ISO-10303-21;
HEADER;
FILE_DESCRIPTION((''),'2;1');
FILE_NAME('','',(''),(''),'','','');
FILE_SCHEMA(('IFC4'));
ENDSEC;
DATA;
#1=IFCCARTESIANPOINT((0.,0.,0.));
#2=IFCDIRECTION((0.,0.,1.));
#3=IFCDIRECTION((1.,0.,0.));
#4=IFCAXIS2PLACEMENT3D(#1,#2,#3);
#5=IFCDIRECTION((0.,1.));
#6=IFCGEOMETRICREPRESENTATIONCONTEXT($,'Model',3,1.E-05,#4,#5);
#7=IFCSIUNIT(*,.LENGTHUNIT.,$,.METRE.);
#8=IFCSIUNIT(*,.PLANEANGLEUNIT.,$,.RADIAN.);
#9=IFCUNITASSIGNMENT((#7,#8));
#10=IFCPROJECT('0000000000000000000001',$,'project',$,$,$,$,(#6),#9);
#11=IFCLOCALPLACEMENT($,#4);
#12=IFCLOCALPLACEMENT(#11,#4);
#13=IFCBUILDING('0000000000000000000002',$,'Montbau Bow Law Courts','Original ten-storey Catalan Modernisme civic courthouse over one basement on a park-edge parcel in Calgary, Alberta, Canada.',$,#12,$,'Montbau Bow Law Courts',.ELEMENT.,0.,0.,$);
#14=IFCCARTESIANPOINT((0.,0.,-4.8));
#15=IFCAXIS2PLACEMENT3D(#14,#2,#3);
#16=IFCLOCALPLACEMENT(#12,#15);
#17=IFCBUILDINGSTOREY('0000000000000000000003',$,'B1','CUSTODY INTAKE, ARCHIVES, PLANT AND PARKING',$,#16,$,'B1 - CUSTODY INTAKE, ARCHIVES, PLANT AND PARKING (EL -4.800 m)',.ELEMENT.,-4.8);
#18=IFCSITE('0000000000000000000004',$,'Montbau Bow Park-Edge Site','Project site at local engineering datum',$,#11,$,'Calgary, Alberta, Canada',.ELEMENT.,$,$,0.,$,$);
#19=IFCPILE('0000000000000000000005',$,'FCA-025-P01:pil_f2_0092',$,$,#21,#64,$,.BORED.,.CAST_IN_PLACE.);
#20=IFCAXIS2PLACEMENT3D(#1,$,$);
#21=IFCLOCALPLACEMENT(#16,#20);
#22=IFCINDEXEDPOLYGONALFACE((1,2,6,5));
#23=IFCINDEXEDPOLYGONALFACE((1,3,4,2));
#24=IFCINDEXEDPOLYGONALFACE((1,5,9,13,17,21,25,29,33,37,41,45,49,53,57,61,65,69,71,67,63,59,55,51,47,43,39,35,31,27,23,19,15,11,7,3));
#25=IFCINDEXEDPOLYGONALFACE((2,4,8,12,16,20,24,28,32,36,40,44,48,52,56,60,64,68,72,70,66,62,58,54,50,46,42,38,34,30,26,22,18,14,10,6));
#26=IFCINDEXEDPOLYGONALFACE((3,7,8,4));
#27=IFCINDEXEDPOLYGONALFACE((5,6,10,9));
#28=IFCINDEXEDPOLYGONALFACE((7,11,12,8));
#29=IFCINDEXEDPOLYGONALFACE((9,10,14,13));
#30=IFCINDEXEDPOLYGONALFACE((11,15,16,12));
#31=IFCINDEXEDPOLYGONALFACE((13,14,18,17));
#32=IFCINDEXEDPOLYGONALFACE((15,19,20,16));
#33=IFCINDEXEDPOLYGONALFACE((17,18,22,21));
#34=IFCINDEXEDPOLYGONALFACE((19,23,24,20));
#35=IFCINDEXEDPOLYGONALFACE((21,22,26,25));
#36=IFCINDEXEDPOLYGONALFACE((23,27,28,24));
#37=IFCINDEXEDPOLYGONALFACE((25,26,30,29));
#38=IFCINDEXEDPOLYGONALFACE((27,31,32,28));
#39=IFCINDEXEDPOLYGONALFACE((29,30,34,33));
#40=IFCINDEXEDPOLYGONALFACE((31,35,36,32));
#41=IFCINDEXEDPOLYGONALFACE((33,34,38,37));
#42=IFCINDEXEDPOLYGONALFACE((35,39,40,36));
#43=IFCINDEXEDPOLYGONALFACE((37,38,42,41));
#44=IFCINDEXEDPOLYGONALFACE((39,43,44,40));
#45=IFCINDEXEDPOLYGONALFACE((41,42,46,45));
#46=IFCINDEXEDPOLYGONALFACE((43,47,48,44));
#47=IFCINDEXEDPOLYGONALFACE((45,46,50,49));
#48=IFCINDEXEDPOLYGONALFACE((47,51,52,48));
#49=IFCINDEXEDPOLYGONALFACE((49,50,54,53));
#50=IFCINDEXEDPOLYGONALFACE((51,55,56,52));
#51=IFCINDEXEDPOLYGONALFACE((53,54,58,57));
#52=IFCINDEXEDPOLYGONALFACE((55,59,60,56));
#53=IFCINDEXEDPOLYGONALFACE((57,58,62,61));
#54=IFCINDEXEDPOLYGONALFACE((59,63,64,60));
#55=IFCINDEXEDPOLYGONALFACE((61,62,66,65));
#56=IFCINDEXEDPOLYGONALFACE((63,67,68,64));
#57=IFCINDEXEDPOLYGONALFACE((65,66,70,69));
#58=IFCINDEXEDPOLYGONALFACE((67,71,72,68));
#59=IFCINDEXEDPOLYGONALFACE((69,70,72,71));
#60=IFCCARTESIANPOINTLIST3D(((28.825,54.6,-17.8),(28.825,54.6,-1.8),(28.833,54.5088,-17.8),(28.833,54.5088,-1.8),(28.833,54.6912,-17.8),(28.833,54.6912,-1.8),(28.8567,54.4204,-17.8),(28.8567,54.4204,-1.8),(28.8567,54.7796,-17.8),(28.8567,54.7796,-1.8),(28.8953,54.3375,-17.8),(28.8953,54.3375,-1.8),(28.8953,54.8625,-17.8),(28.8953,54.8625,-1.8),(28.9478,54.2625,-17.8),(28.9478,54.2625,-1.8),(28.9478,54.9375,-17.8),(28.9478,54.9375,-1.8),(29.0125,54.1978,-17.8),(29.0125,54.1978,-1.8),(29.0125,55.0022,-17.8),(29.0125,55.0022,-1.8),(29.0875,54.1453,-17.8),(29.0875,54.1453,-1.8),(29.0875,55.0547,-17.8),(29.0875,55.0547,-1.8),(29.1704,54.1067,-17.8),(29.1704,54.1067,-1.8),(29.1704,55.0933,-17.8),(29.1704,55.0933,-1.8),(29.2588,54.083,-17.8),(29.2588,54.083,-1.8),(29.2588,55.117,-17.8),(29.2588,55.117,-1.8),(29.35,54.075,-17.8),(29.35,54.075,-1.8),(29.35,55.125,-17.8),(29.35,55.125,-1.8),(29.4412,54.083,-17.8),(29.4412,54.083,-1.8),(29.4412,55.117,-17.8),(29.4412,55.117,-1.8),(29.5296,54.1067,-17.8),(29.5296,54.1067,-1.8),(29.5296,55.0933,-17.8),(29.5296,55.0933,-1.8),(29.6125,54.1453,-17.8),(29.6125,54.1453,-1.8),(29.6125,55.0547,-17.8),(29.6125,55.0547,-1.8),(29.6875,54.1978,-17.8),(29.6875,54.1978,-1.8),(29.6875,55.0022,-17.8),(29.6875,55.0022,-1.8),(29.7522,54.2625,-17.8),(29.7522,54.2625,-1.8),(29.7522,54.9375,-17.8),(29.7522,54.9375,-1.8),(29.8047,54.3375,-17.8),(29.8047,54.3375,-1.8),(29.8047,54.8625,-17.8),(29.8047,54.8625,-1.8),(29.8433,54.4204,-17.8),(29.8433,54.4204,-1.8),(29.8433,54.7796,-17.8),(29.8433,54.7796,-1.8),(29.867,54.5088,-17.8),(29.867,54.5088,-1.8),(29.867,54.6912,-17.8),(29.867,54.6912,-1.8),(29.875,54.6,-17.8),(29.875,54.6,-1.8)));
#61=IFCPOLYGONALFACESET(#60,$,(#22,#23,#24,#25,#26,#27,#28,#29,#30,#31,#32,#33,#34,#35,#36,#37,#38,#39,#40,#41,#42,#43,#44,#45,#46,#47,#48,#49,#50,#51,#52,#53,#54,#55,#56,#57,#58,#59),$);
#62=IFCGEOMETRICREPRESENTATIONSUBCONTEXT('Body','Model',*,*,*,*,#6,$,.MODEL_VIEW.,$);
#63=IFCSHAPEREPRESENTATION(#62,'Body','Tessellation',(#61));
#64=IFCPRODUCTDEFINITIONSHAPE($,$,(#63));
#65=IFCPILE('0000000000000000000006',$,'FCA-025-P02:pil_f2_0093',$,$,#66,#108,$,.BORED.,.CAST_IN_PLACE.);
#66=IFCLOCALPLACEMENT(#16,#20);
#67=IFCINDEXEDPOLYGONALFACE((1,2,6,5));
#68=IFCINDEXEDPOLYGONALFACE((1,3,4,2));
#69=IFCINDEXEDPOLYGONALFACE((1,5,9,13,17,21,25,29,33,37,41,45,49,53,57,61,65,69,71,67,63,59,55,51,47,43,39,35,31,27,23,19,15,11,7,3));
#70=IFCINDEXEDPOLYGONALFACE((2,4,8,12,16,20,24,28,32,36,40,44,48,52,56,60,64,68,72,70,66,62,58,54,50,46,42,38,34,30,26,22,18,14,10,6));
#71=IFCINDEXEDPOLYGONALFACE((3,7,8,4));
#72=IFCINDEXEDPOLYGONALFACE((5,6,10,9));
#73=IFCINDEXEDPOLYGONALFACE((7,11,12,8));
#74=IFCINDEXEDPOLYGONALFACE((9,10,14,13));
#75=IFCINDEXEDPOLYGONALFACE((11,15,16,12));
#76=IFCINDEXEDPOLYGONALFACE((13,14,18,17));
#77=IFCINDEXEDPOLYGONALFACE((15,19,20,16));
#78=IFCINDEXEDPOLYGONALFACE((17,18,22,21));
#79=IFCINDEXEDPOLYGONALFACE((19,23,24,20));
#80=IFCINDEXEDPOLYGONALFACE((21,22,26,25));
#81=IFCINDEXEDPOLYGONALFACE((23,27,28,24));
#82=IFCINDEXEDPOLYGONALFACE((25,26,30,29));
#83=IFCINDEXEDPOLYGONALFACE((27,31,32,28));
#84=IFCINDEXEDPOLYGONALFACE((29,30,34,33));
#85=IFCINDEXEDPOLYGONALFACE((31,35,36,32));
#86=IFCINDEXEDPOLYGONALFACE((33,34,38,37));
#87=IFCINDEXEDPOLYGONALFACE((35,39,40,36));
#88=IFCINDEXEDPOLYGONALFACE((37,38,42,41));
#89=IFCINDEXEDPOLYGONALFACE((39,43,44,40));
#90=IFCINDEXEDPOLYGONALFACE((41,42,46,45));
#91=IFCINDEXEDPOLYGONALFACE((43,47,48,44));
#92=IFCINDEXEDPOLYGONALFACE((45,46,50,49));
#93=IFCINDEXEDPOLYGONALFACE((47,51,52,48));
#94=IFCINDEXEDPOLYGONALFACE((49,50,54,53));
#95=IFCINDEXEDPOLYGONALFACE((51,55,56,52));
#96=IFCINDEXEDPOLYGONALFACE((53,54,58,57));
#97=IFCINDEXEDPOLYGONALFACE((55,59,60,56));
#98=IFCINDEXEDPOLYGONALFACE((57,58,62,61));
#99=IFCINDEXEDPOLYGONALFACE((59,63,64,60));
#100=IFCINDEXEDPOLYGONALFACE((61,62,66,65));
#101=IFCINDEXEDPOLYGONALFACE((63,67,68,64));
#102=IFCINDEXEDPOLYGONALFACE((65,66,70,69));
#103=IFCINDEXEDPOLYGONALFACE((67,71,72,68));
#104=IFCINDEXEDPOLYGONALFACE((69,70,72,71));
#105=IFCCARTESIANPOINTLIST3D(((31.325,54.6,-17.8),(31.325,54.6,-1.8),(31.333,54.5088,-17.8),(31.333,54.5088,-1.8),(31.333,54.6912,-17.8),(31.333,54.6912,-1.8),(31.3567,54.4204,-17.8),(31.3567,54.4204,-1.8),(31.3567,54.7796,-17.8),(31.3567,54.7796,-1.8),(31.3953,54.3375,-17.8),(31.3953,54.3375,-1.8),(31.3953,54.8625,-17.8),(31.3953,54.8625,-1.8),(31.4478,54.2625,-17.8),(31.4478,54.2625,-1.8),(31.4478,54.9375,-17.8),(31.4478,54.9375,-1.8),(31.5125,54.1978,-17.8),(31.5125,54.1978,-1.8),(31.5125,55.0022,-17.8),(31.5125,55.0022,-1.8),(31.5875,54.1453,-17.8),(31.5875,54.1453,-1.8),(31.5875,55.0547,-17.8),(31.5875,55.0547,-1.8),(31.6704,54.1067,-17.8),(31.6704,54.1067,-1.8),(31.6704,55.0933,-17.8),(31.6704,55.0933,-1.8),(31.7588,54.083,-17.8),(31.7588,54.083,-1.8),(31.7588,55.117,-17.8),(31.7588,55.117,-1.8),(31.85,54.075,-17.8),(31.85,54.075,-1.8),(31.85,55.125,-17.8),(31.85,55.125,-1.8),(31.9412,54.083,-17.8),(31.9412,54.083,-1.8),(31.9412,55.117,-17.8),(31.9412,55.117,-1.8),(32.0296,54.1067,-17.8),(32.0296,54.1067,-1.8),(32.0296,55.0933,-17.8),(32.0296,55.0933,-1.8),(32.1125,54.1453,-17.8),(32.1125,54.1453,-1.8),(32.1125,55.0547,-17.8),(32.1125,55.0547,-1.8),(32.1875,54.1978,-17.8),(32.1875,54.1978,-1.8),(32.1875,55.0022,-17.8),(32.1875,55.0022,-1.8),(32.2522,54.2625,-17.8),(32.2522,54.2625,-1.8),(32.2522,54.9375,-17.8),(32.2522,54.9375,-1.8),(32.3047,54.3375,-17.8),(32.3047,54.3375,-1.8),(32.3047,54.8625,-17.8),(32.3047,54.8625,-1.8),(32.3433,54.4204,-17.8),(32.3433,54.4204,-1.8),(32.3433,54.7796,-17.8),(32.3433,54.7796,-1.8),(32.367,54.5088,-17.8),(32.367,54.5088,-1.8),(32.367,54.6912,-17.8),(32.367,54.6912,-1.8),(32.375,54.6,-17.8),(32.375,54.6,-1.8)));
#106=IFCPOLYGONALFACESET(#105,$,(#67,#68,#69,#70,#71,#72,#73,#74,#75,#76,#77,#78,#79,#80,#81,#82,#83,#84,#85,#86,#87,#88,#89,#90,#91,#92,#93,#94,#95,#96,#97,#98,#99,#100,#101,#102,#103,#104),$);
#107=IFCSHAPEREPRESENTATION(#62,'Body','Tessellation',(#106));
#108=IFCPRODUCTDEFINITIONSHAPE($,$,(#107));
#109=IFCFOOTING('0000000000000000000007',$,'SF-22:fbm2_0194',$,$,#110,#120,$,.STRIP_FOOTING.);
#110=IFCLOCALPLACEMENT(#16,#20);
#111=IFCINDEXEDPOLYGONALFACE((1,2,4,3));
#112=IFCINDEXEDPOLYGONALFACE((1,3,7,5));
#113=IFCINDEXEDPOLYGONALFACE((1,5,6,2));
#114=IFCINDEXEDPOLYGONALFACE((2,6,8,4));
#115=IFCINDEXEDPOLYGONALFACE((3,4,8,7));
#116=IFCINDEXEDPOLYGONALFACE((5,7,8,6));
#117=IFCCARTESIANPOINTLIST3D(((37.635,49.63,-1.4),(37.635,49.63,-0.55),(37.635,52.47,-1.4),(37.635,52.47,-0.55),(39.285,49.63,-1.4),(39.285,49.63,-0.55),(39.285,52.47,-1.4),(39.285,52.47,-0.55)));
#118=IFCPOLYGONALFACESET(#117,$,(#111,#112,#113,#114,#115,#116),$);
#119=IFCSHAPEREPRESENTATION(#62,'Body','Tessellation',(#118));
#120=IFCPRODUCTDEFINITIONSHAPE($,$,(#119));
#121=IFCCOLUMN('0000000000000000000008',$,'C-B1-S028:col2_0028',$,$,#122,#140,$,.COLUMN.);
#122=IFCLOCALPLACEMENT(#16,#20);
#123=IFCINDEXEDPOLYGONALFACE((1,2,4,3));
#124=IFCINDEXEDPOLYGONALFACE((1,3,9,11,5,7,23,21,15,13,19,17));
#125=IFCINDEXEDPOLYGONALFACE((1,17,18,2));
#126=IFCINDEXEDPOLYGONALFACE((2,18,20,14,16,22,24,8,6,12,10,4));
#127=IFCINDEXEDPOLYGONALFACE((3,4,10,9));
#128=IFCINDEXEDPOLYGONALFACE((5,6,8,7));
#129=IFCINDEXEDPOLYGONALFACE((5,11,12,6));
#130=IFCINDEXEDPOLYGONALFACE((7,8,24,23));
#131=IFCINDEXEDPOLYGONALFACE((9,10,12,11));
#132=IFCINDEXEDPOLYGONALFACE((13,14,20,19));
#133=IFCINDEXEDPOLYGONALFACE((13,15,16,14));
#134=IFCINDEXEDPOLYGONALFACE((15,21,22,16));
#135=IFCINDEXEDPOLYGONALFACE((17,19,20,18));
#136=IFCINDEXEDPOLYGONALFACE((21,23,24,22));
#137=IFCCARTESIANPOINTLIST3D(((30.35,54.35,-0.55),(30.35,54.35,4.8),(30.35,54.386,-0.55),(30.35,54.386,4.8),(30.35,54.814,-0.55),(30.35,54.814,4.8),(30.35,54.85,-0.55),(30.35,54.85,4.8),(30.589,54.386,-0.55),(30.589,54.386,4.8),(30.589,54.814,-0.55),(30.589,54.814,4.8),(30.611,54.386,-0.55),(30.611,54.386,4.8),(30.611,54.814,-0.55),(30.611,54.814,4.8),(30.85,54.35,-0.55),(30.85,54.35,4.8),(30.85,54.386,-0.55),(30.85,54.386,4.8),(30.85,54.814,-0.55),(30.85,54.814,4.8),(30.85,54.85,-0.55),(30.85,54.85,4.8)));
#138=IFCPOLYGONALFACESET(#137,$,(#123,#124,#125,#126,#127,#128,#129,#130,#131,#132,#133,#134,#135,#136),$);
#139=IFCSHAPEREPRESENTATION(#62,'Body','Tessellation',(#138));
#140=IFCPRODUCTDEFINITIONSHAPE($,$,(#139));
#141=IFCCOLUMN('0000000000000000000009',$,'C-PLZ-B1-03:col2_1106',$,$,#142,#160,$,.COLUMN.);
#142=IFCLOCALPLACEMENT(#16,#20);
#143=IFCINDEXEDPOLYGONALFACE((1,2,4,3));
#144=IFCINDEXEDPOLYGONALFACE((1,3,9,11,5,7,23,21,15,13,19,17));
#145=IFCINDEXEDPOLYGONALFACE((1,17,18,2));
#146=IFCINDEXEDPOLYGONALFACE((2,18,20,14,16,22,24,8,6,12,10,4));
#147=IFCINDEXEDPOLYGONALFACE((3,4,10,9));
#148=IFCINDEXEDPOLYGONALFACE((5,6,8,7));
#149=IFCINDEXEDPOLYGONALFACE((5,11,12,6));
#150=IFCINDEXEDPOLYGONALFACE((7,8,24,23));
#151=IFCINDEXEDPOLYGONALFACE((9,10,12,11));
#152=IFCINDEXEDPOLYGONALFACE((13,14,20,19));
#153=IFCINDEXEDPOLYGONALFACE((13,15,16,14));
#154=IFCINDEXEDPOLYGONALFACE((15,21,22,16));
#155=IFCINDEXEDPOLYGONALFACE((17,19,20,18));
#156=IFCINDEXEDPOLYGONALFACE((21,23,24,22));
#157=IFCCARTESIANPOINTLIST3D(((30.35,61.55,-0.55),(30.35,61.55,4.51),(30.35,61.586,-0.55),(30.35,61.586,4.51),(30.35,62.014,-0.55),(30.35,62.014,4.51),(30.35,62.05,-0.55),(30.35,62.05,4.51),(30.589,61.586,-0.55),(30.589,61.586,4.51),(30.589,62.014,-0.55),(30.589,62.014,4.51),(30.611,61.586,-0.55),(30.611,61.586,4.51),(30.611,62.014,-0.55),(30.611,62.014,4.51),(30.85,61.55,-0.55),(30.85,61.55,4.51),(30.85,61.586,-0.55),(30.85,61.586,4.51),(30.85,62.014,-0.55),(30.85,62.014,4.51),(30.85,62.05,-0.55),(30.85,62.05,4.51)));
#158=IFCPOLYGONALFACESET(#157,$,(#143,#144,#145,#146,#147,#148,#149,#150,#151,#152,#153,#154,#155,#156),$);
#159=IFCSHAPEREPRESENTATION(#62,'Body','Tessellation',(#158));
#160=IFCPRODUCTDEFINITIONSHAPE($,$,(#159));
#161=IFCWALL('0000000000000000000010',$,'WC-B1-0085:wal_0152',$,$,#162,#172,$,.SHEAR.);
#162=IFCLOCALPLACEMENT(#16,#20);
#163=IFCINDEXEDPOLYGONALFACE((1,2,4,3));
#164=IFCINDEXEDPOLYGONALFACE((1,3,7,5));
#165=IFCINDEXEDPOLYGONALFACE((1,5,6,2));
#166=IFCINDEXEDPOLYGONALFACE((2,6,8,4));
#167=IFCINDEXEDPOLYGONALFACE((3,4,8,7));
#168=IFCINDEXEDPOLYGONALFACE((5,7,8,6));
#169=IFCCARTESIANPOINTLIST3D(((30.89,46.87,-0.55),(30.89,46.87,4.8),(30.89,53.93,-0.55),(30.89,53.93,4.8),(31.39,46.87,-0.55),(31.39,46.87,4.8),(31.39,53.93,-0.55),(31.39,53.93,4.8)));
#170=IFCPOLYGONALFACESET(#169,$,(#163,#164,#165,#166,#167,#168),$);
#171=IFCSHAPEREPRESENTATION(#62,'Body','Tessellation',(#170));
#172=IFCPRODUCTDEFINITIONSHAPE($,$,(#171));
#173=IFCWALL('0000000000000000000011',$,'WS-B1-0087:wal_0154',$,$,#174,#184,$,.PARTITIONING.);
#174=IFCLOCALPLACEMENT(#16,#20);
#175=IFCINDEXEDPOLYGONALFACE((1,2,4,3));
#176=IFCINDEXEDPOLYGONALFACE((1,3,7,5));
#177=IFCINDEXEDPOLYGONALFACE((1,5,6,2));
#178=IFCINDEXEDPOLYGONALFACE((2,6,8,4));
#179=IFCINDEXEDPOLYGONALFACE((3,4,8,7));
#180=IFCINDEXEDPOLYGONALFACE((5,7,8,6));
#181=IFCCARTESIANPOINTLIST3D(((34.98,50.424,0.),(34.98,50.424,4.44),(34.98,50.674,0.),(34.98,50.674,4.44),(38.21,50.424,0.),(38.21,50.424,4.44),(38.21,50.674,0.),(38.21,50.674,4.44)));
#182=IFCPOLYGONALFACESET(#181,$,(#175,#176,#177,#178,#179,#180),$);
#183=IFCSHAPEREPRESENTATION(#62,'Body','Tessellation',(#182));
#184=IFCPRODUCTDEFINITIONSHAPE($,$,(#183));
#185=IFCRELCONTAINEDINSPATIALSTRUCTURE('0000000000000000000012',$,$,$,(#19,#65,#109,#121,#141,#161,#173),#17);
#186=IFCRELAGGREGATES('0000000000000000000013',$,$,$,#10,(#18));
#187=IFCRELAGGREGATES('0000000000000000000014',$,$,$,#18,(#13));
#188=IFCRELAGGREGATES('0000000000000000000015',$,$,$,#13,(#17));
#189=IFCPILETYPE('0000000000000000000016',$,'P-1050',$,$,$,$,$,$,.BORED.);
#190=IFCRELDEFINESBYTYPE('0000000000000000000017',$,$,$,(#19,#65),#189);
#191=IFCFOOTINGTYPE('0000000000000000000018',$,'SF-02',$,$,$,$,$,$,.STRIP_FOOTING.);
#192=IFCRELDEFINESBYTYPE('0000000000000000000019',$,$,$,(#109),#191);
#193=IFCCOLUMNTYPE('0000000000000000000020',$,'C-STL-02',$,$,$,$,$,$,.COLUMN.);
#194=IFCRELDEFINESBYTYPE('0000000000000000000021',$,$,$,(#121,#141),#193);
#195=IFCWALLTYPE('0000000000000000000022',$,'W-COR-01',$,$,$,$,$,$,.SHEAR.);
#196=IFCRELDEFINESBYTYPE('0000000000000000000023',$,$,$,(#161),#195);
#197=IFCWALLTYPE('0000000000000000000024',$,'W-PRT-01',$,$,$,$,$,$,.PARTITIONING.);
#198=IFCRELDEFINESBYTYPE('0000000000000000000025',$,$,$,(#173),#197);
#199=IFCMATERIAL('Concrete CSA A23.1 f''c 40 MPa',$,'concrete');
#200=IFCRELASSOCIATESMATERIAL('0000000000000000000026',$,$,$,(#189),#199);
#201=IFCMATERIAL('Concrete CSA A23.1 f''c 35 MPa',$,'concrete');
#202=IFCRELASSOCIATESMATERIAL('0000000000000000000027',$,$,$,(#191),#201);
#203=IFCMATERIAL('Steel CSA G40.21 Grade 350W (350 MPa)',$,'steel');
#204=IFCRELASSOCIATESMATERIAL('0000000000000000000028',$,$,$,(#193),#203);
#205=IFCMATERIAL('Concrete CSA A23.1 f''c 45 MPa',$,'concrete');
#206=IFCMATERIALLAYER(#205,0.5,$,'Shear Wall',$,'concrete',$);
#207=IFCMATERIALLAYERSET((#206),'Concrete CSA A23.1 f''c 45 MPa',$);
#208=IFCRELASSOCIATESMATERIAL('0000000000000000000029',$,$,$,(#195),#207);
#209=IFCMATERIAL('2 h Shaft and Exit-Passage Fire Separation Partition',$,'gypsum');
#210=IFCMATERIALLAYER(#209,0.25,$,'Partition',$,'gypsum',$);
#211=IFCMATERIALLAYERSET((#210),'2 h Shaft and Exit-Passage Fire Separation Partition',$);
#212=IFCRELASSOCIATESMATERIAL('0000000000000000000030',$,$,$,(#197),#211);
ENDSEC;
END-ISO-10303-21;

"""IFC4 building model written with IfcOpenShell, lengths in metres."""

from ifc_helpers import new_model, si_unit, direction, frame, frame_2d, origin_with_axes, origin_2d_with_axis, place, context, subcontext, project, spatial, rectangle, circle, i_section, extrude, material, layer, layer_set, material_profile, profile_set, type_object, element, save


model = new_model("IFC4")

# Units and contexts
model_context = context("Model", 3, precision=1e-05, world=origin_with_axes(), true_north=direction((0.0, 1.0)))
body_context = subcontext(model_context, "Body", "Model", "MODEL_VIEW")
ifc_project = project(units=[si_unit("LENGTHUNIT", "METRE"), si_unit("PLANEANGLEUNIT", "RADIAN")], contexts=[model_context])

# Site, building, storey
site_placement = place(None, origin_with_axes())
site = spatial("IfcSite", under=ifc_project, at=site_placement, Name="Montbau Bow Park-Edge Site", Description="Project site at local engineering datum", LongName="Calgary, Alberta, Canada", CompositionType="ELEMENT", RefElevation=0.0)
building_placement = place(site_placement, origin_with_axes())
building = spatial("IfcBuilding", under=site, at=building_placement, Name="Montbau Bow Law Courts", Description="Original ten-storey Catalan Modernisme civic courthouse over one basement on a park-edge parcel in Calgary, Alberta, Canada.", LongName="Montbau Bow Law Courts", CompositionType="ELEMENT", ElevationOfRefHeight=0.0, ElevationOfTerrain=0.0)
storey_placement = place(building_placement, frame((0.0, 0.0, -4.8), z_axis=(0.0, 0.0, 1.0), x_axis=(1.0, 0.0, 0.0)))
storey = spatial("IfcBuildingStorey", under=building, at=storey_placement, Name="B1", Description="CUSTODY INTAKE, ARCHIVES, PLANT AND PARKING", LongName="B1 - CUSTODY INTAKE, ARCHIVES, PLANT AND PARKING (EL -4.800 m)", CompositionType="ELEMENT", Elevation=-4.8)

# Shared definitions
ifc_material_1 = material(Name="Concrete CSA A23.1 f'c 35 MPa", Category="concrete")

# Piles
ifc_material_2 = material(Name="Concrete CSA A23.1 f'c 40 MPa", Category="concrete")
ifc_material_profile_1 = material_profile(ifc_material_2, circle(Radius=0.525, at=origin_2d_with_axis()), Name="BP1050", Category="Main", Priority=0)
ifc_profile_set_1 = profile_set([ifc_material_profile_1], Name="Concrete CSA A23.1 f'c 40 MPa")
pile_type_1 = type_object("IfcPileType", Name="P-1050", PredefinedType="BORED", material=ifc_profile_set_1)
for number, where, z_axis, x_axis, name in (
    (1, (29.35, 54.6, -22.6), (0.0, 0.0, 1.0), (1.0, 0.0, 0.0), "FCA-025-P01:pil_f2_0092"),
    (2, (31.85, 54.6, -22.6), (0.0, 0.0, 1.0), (1.0, 0.0, 0.0), "FCA-025-P02:pil_f2_0093"),
):
    element("IfcPile", number, at=place(None, frame(where, z_axis=z_axis, x_axis=x_axis)), inside=storey, type_object=pile_type_1, Name=name, ConstructionType="CAST_IN_PLACE", PredefinedType="BORED", context=body_context, shape_type="SweptSolid", body=[
        extrude(circle(Radius=0.525, at=origin_2d_with_axis()), origin_with_axes(), (0.0, 0.0, 1.0), 16.0),
    ])

# Footing
footing_type_1 = type_object("IfcFootingType", Name="SF-02", PredefinedType="STRIP_FOOTING", material=ifc_material_1)
footing_1_placement = place(None, frame((38.46, 51.05, -6.2), z_axis=(0.0, 0.0, 1.0), x_axis=(0.0, 1.0, 0.0)))
element("IfcFooting", 3, at=footing_1_placement, inside=storey, type_object=footing_type_1, Name="SF-22:fbm2_0194", PredefinedType="STRIP_FOOTING", context=body_context, shape_type="SweptSolid", body=[
    extrude(rectangle(XDim=2.84, YDim=1.65, at=origin_2d_with_axis()), origin_with_axes(), (0.0, 0.0, 1.0), 0.85),
])

# Columns
ifc_material_3 = material(Name="Steel CSA G40.21 Grade 350W (350 MPa)", Category="steel")
ifc_material_profile_2 = material_profile(ifc_material_3, i_section(OverallWidth=0.5, OverallDepth=0.5, WebThickness=0.022, FlangeThickness=0.036, at=origin_2d_with_axis()), Name="WWF500X343", Category="Main", Priority=0)
ifc_profile_set_2 = profile_set([ifc_material_profile_2], Name="Steel CSA G40.21 Grade 350W (350 MPa)")
column_type = type_object("IfcColumnType", Name="C-STL-02", PredefinedType="COLUMN", material=ifc_profile_set_2)
column_1_placement = place(None, frame((30.6, 54.6, -5.35), z_axis=(0.0, 0.0, 1.0), x_axis=(1.0, 0.0, 0.0)))
element("IfcColumn", 4, at=column_1_placement, inside=storey, type_object=column_type, Name="C-B1-S028:col2_0028", PredefinedType="COLUMN", context=body_context, shape_type="SweptSolid", body=[
    extrude(i_section(OverallWidth=0.5, OverallDepth=0.5, WebThickness=0.022, FlangeThickness=0.036, at=origin_2d_with_axis()), origin_with_axes(), (0.0, 0.0, 1.0), 5.35),
])
column_2_placement = place(None, frame((30.6, 61.8, -5.35), z_axis=(0.0, 0.0, 1.0), x_axis=(1.0, 0.0, 0.0)))
element("IfcColumn", 5, at=column_2_placement, inside=storey, type_object=column_type, Name="C-PLZ-B1-03:col2_1106", PredefinedType="COLUMN", context=body_context, shape_type="SweptSolid", body=[
    extrude(i_section(OverallWidth=0.5, OverallDepth=0.5, WebThickness=0.022, FlangeThickness=0.036, at=origin_2d_with_axis()), origin_with_axes(), (0.0, 0.0, 1.0), 5.06),
])

# Walls
ifc_material_4 = material(Name="Concrete CSA A23.1 f'c 45 MPa", Category="concrete")
ifc_layer_1 = layer(ifc_material_4, 0.5, Name="Shear Wall", Category="concrete")
ifc_layer_set_1 = layer_set([ifc_layer_1], Name="Concrete CSA A23.1 f'c 45 MPa")
wall_type_1 = type_object("IfcWallType", Name="W-COR-01", PredefinedType="SHEAR", material=ifc_layer_set_1)
wall_1_placement = place(None, frame((31.14, 53.93, -5.35), z_axis=(0.0, 0.0, 1.0), x_axis=(0.0, -1.0, 0.0)))
element("IfcWall", 6, at=wall_1_placement, inside=storey, type_object=wall_type_1, Name="WC-B1-0085:wal_0152", PredefinedType="SHEAR", context=body_context, shape_type="SweptSolid", body=[
    extrude(rectangle(XDim=7.06, YDim=0.5, at=frame_2d((3.53, 0.0), x_axis=(1.0, 0.0))), origin_with_axes(), (0.0, 0.0, 1.0), 5.35),
])
ifc_material_5 = material(Name="2 h Shaft and Exit-Passage Fire Separation Partition", Category="gypsum")
ifc_layer_2 = layer(ifc_material_5, 0.25, Name="Partition", Category="gypsum")
ifc_layer_set_2 = layer_set([ifc_layer_2], Name="2 h Shaft and Exit-Passage Fire Separation Partition")
wall_type_2 = type_object("IfcWallType", Name="W-PRT-01", PredefinedType="PARTITIONING", material=ifc_layer_set_2)
wall_2_placement = place(None, frame((34.98, 50.549, -4.8), z_axis=(0.0, 0.0, 1.0), x_axis=(1.0, 0.0, 0.0)))
element("IfcWall", 7, at=wall_2_placement, inside=storey, type_object=wall_type_2, Name="WS-B1-0087:wal_0154", PredefinedType="PARTITIONING", context=body_context, shape_type="SweptSolid", body=[
    extrude(rectangle(XDim=3.23, YDim=0.25, at=frame_2d((1.615, 0.0), x_axis=(1.0, 0.0))), origin_with_axes(), (0.0, 0.0, 1.0), 4.44),
])

save(model, "model.ifc")
